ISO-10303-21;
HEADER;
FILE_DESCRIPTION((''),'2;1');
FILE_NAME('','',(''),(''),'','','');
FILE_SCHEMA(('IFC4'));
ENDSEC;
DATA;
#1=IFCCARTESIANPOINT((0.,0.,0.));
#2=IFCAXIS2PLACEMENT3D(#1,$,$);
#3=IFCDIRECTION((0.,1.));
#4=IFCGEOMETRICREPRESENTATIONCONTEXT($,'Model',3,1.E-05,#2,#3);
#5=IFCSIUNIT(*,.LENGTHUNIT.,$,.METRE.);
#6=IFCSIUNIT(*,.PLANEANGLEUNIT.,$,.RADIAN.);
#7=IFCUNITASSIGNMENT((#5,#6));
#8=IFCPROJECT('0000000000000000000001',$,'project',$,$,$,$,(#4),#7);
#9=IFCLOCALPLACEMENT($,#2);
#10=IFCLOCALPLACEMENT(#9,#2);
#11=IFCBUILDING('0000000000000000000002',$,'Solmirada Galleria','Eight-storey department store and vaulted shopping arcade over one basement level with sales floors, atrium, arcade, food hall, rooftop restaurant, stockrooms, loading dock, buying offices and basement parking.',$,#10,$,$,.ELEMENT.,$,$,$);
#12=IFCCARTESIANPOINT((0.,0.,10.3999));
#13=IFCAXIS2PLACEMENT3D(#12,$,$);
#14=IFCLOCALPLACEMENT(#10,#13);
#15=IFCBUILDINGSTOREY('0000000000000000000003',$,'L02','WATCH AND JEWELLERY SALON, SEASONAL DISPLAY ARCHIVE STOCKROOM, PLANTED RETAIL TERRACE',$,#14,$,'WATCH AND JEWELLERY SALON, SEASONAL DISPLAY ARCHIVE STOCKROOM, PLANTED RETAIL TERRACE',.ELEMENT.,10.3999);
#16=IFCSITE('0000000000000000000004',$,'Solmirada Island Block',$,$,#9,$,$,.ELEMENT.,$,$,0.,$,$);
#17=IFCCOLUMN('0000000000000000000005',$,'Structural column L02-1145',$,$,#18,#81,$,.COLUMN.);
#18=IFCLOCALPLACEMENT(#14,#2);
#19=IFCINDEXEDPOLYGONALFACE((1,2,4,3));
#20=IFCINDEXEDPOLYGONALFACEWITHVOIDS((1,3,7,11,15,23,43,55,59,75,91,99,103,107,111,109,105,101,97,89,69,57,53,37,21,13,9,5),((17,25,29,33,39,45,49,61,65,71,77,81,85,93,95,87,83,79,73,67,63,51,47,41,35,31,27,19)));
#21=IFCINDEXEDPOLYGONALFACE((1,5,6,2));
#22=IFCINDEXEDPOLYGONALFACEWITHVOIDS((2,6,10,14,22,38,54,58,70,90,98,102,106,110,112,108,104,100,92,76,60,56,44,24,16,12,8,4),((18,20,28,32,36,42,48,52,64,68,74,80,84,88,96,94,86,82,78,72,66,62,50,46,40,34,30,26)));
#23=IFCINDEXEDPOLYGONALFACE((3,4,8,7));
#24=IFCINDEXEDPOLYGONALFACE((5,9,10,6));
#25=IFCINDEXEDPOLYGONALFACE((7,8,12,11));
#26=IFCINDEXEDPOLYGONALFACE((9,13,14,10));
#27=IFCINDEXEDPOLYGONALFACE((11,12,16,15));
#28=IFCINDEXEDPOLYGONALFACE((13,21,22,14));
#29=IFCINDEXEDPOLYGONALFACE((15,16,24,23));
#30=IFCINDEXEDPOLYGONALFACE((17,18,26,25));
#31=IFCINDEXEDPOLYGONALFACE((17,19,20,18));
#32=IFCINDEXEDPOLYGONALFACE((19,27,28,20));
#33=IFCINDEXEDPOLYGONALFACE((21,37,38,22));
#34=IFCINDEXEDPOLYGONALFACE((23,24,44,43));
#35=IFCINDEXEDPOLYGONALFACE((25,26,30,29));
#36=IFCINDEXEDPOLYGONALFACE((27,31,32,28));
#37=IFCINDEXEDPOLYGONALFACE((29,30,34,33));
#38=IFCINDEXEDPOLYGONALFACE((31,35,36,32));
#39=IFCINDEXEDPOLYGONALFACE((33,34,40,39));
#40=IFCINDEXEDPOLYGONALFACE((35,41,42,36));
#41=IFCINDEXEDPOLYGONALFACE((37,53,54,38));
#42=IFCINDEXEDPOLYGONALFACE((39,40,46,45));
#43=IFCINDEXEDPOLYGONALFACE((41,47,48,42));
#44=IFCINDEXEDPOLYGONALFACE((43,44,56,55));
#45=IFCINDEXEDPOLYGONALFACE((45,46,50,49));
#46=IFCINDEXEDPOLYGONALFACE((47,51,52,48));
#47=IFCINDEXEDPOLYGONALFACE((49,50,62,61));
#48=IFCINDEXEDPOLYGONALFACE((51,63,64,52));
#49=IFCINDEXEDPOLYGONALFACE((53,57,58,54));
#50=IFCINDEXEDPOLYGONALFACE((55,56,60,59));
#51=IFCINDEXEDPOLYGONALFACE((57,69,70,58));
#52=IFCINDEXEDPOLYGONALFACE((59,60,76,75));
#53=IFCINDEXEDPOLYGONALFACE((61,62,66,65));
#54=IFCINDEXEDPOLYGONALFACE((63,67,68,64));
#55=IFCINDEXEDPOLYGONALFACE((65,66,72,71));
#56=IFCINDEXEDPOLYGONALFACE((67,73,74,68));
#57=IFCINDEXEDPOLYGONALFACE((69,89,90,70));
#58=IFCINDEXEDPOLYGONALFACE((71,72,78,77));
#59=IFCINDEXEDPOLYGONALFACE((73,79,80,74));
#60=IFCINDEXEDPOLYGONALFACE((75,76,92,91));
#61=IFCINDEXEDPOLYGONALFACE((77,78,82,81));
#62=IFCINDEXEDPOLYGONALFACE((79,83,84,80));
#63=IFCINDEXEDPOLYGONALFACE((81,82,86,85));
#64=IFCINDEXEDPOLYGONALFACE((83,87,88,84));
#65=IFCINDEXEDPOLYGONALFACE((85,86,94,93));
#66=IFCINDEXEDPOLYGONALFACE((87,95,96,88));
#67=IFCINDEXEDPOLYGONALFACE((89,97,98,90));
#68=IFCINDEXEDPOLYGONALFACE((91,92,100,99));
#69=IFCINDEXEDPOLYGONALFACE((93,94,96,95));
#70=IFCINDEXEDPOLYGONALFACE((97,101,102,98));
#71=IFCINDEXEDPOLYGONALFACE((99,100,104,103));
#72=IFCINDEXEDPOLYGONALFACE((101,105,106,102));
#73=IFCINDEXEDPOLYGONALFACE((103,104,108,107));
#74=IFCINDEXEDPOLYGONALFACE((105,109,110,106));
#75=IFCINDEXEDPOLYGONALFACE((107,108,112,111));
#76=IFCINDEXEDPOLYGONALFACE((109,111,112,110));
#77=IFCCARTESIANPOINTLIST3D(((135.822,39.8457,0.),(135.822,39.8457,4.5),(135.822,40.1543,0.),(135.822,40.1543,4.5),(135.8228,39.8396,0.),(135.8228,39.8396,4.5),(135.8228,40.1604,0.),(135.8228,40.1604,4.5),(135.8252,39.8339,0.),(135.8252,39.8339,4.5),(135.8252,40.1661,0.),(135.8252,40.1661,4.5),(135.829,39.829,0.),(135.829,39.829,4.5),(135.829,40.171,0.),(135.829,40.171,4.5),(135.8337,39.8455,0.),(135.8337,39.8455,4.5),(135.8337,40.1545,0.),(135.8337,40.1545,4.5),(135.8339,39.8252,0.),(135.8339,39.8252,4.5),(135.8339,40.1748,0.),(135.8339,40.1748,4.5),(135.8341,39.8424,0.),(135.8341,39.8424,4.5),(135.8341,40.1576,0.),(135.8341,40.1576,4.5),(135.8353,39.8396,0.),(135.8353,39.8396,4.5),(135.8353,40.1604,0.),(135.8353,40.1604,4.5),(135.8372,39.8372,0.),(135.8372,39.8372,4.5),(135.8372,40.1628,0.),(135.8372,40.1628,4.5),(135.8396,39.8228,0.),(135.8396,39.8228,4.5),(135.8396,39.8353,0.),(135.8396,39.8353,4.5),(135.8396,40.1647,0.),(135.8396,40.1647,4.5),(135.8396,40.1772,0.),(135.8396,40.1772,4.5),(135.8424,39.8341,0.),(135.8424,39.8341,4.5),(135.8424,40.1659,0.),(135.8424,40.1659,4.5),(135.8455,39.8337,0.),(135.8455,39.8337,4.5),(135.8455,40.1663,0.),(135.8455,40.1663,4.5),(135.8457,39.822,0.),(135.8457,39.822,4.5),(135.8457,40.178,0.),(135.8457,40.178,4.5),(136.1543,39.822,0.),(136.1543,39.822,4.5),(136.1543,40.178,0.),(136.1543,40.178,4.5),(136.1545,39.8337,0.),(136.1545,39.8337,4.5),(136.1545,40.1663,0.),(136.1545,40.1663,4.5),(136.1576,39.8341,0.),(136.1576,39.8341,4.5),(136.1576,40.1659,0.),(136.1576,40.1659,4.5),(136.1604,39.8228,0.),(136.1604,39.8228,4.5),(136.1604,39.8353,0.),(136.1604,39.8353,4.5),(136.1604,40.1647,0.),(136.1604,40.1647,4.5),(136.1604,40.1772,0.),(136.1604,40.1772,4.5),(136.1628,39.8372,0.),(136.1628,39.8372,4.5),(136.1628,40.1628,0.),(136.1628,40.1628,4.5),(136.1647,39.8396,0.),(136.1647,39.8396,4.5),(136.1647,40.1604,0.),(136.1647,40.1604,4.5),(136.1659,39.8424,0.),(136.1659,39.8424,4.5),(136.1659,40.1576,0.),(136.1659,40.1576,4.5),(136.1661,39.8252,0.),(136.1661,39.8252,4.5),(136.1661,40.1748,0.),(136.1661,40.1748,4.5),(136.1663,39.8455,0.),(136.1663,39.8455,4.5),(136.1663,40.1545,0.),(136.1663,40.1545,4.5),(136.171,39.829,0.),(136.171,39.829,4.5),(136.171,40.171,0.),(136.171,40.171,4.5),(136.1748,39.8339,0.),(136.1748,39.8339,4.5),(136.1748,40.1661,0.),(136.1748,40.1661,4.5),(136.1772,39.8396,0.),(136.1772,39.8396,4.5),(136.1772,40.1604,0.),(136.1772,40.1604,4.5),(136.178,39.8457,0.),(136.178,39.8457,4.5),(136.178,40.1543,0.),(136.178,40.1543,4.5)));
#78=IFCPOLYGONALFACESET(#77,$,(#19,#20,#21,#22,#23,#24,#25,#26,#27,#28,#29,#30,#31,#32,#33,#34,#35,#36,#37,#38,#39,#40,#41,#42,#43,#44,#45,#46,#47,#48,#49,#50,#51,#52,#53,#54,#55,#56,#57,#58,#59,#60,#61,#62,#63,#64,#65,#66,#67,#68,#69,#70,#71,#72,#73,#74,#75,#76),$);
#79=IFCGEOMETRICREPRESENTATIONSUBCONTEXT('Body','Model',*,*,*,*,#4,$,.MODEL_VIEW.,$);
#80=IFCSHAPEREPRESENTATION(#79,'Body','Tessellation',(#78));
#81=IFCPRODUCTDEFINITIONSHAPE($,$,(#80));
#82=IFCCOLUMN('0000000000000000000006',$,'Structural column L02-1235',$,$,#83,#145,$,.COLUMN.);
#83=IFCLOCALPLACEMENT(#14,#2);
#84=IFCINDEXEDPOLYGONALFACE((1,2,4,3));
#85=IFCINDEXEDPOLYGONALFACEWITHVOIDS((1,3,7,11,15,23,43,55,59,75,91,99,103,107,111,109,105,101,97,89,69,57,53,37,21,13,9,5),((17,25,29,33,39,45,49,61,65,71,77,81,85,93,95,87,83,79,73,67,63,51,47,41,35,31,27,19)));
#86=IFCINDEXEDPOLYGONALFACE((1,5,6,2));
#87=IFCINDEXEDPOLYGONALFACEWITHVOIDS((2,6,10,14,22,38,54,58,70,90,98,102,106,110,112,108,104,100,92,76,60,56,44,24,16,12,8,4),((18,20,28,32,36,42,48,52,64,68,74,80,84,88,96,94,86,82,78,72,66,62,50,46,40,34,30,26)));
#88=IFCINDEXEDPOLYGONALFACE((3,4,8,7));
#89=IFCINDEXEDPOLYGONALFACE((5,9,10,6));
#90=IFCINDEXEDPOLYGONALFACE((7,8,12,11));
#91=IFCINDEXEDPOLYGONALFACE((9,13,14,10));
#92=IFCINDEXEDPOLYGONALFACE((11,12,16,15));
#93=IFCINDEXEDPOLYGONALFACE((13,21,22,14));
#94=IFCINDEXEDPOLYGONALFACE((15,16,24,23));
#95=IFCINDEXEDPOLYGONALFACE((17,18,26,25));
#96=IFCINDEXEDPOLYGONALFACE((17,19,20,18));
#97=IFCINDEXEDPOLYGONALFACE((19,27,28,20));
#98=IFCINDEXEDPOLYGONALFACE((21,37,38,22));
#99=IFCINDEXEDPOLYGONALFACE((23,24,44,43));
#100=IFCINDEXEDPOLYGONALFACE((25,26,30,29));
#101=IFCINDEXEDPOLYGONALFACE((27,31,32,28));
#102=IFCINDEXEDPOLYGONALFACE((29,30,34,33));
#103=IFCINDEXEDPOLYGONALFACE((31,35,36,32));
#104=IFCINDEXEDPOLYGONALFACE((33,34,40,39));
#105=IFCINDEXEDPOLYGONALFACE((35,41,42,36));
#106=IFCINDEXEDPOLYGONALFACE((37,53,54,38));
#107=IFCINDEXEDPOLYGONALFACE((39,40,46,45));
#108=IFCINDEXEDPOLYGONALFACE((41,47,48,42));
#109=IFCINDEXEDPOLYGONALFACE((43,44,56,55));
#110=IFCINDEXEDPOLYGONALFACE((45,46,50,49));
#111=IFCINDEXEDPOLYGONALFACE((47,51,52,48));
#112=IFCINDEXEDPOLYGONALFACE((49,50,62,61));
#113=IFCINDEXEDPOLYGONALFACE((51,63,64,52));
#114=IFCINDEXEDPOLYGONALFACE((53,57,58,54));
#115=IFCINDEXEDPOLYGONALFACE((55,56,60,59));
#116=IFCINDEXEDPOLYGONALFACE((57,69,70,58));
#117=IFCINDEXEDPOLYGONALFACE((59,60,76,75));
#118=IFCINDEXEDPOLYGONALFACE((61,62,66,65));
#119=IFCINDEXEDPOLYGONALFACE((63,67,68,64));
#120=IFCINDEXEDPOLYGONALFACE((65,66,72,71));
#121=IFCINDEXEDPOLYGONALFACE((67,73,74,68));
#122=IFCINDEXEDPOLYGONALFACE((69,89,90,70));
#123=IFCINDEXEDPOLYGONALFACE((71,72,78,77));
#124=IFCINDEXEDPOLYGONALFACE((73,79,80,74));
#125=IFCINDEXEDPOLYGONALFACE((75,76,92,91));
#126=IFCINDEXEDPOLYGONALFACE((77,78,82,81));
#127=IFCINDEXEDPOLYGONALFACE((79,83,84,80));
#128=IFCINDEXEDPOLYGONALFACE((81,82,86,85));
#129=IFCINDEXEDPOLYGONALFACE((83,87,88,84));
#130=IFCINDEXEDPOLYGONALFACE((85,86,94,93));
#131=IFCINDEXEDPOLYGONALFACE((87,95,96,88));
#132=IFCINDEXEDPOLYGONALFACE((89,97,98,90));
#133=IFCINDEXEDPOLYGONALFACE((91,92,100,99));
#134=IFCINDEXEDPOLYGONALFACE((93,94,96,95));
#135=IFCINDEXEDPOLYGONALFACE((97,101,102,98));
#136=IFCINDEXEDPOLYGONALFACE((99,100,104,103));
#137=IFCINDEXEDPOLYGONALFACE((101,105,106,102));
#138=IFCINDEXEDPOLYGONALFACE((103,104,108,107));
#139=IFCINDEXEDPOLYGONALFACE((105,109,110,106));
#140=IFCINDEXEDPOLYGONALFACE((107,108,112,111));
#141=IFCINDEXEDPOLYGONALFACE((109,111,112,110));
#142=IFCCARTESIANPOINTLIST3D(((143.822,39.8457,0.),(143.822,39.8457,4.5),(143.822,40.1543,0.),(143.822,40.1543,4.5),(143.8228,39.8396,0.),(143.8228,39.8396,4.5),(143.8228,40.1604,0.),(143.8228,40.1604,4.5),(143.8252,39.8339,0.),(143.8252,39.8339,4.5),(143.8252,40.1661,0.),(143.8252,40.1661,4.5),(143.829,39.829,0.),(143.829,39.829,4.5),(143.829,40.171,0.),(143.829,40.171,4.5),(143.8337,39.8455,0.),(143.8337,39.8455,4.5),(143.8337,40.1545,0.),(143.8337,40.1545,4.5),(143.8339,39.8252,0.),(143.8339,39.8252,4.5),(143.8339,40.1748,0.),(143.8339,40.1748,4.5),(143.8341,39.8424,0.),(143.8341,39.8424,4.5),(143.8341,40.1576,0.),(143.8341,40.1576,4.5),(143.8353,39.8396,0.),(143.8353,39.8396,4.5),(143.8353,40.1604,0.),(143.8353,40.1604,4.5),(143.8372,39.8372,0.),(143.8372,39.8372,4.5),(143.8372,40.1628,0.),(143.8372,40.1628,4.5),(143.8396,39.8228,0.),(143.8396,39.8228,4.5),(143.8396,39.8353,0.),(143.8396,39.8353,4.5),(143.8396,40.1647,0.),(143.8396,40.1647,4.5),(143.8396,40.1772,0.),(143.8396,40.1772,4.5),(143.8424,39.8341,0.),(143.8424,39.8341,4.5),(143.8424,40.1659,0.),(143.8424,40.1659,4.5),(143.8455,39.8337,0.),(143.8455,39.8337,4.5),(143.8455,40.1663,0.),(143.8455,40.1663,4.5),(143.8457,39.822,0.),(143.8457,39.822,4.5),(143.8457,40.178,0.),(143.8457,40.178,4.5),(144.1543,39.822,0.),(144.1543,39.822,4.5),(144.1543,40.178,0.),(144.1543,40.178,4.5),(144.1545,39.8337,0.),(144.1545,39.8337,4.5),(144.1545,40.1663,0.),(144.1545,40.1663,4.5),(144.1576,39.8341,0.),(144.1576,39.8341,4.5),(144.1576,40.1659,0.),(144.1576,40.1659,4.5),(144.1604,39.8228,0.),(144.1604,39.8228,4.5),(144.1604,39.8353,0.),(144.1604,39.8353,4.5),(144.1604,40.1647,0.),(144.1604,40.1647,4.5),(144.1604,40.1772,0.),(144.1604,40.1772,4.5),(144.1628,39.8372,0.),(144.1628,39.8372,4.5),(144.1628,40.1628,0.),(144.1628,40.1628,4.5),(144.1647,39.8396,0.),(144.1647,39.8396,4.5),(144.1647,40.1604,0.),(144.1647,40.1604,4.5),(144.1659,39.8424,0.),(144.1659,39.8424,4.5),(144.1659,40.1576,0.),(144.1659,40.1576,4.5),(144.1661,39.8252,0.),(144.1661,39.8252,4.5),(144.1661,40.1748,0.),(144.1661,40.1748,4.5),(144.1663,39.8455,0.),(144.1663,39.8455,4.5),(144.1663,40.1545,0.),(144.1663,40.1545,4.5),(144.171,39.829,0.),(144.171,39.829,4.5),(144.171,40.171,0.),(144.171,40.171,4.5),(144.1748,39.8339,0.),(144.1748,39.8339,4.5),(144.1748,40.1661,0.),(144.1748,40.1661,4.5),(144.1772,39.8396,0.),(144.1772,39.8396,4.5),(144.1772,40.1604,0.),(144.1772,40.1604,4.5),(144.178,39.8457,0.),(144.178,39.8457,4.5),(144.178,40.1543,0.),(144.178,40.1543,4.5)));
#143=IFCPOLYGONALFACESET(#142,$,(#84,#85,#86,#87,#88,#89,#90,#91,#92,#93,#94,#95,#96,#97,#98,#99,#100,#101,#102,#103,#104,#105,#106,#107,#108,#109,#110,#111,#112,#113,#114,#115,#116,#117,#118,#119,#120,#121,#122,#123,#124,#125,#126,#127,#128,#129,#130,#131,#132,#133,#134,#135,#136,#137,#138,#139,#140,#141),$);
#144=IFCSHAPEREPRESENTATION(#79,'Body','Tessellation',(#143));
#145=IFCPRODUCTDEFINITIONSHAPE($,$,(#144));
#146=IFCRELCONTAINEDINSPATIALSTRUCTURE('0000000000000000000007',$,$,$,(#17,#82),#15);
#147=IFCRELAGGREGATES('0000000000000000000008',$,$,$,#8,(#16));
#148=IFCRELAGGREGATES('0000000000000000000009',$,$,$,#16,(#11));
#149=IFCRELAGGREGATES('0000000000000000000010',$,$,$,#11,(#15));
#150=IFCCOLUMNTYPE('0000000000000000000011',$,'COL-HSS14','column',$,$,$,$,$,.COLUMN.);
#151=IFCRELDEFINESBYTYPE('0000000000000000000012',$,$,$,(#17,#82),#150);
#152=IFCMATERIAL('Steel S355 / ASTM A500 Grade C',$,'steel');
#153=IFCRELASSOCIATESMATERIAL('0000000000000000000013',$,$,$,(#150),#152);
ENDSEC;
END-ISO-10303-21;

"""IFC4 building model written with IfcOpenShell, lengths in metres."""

from ifc_helpers import new_model, si_unit, direction, frame, origin, origin_2d, place, context, subcontext, project, spatial, hollow_rectangle, extrude, material, material_profile, profile_set, type_object, element, save


model = new_model("IFC4")

# Units and contexts
model_context = context("Model", 3, precision=1e-05, world=origin(), true_north=direction((0.0, 1.0)))
body_context = subcontext(model_context, "Body", "Model", "MODEL_VIEW")
ifc_project = project(units=[si_unit("LENGTHUNIT", "METRE"), si_unit("PLANEANGLEUNIT", "RADIAN")], contexts=[model_context])

# Site, building, storey
site_placement = place(None, origin())
site = spatial("IfcSite", under=ifc_project, at=site_placement, Name="Solmirada Island Block", CompositionType="ELEMENT", RefElevation=0.0)
building_placement = place(site_placement, origin())
building = spatial("IfcBuilding", under=site, at=building_placement, Name="Solmirada Galleria", Description="Eight-storey department store and vaulted shopping arcade over one basement level with sales floors, atrium, arcade, food hall, rooftop restaurant, stockrooms, loading dock, buying offices and basement parking.", CompositionType="ELEMENT")
storey_placement = place(building_placement, frame((0.0, 0.0, 10.3999)))
storey = spatial("IfcBuildingStorey", under=building, at=storey_placement, Name="L02", Description="WATCH AND JEWELLERY SALON, SEASONAL DISPLAY ARCHIVE STOCKROOM, PLANTED RETAIL TERRACE", LongName="WATCH AND JEWELLERY SALON, SEASONAL DISPLAY ARCHIVE STOCKROOM, PLANTED RETAIL TERRACE", CompositionType="ELEMENT", Elevation=10.3999)

# Columns
ifc_material_1 = material(Name="Steel S355 / ASTM A500 Grade C", Category="steel")
ifc_material_profile_1 = material_profile(ifc_material_1, hollow_rectangle(XDim=0.356, YDim=0.356, WallThickness=0.0117, InnerFilletRadius=0.0117, OuterFilletRadius=0.0237, at=origin_2d()), Name="HSS14X14X1/2")
ifc_profile_set_1 = profile_set([ifc_material_profile_1], Name="Steel S355 / ASTM A500 Grade C")
column_type = type_object("IfcColumnType", Name="COL-HSS14", Description="column", PredefinedType="COLUMN", material=ifc_profile_set_1)
for number, where, z_axis, x_axis, name in (
    (1, (136.0, 40.0, 0.0), (0.0, 0.0, 1.0), (1.0, 0.0, 0.0), "Structural column L02-1145"),
    (2, (144.0, 40.0, 0.0), (0.0, 0.0, 1.0), (1.0, 0.0, 0.0), "Structural column L02-1235"),
):
    element("IfcColumn", number, at=place(storey_placement, frame(where, z_axis=z_axis, x_axis=x_axis)), inside=storey, type_object=column_type, Name=name, PredefinedType="COLUMN", context=body_context, shape_type="SweptSolid", body=[
        extrude(hollow_rectangle(XDim=0.356, YDim=0.356, WallThickness=0.0117, InnerFilletRadius=0.0117, OuterFilletRadius=0.0237, at=origin_2d()), origin(), (0.0, 0.0, 1.0), 4.5),
    ])

save(model, "model.ifc")
